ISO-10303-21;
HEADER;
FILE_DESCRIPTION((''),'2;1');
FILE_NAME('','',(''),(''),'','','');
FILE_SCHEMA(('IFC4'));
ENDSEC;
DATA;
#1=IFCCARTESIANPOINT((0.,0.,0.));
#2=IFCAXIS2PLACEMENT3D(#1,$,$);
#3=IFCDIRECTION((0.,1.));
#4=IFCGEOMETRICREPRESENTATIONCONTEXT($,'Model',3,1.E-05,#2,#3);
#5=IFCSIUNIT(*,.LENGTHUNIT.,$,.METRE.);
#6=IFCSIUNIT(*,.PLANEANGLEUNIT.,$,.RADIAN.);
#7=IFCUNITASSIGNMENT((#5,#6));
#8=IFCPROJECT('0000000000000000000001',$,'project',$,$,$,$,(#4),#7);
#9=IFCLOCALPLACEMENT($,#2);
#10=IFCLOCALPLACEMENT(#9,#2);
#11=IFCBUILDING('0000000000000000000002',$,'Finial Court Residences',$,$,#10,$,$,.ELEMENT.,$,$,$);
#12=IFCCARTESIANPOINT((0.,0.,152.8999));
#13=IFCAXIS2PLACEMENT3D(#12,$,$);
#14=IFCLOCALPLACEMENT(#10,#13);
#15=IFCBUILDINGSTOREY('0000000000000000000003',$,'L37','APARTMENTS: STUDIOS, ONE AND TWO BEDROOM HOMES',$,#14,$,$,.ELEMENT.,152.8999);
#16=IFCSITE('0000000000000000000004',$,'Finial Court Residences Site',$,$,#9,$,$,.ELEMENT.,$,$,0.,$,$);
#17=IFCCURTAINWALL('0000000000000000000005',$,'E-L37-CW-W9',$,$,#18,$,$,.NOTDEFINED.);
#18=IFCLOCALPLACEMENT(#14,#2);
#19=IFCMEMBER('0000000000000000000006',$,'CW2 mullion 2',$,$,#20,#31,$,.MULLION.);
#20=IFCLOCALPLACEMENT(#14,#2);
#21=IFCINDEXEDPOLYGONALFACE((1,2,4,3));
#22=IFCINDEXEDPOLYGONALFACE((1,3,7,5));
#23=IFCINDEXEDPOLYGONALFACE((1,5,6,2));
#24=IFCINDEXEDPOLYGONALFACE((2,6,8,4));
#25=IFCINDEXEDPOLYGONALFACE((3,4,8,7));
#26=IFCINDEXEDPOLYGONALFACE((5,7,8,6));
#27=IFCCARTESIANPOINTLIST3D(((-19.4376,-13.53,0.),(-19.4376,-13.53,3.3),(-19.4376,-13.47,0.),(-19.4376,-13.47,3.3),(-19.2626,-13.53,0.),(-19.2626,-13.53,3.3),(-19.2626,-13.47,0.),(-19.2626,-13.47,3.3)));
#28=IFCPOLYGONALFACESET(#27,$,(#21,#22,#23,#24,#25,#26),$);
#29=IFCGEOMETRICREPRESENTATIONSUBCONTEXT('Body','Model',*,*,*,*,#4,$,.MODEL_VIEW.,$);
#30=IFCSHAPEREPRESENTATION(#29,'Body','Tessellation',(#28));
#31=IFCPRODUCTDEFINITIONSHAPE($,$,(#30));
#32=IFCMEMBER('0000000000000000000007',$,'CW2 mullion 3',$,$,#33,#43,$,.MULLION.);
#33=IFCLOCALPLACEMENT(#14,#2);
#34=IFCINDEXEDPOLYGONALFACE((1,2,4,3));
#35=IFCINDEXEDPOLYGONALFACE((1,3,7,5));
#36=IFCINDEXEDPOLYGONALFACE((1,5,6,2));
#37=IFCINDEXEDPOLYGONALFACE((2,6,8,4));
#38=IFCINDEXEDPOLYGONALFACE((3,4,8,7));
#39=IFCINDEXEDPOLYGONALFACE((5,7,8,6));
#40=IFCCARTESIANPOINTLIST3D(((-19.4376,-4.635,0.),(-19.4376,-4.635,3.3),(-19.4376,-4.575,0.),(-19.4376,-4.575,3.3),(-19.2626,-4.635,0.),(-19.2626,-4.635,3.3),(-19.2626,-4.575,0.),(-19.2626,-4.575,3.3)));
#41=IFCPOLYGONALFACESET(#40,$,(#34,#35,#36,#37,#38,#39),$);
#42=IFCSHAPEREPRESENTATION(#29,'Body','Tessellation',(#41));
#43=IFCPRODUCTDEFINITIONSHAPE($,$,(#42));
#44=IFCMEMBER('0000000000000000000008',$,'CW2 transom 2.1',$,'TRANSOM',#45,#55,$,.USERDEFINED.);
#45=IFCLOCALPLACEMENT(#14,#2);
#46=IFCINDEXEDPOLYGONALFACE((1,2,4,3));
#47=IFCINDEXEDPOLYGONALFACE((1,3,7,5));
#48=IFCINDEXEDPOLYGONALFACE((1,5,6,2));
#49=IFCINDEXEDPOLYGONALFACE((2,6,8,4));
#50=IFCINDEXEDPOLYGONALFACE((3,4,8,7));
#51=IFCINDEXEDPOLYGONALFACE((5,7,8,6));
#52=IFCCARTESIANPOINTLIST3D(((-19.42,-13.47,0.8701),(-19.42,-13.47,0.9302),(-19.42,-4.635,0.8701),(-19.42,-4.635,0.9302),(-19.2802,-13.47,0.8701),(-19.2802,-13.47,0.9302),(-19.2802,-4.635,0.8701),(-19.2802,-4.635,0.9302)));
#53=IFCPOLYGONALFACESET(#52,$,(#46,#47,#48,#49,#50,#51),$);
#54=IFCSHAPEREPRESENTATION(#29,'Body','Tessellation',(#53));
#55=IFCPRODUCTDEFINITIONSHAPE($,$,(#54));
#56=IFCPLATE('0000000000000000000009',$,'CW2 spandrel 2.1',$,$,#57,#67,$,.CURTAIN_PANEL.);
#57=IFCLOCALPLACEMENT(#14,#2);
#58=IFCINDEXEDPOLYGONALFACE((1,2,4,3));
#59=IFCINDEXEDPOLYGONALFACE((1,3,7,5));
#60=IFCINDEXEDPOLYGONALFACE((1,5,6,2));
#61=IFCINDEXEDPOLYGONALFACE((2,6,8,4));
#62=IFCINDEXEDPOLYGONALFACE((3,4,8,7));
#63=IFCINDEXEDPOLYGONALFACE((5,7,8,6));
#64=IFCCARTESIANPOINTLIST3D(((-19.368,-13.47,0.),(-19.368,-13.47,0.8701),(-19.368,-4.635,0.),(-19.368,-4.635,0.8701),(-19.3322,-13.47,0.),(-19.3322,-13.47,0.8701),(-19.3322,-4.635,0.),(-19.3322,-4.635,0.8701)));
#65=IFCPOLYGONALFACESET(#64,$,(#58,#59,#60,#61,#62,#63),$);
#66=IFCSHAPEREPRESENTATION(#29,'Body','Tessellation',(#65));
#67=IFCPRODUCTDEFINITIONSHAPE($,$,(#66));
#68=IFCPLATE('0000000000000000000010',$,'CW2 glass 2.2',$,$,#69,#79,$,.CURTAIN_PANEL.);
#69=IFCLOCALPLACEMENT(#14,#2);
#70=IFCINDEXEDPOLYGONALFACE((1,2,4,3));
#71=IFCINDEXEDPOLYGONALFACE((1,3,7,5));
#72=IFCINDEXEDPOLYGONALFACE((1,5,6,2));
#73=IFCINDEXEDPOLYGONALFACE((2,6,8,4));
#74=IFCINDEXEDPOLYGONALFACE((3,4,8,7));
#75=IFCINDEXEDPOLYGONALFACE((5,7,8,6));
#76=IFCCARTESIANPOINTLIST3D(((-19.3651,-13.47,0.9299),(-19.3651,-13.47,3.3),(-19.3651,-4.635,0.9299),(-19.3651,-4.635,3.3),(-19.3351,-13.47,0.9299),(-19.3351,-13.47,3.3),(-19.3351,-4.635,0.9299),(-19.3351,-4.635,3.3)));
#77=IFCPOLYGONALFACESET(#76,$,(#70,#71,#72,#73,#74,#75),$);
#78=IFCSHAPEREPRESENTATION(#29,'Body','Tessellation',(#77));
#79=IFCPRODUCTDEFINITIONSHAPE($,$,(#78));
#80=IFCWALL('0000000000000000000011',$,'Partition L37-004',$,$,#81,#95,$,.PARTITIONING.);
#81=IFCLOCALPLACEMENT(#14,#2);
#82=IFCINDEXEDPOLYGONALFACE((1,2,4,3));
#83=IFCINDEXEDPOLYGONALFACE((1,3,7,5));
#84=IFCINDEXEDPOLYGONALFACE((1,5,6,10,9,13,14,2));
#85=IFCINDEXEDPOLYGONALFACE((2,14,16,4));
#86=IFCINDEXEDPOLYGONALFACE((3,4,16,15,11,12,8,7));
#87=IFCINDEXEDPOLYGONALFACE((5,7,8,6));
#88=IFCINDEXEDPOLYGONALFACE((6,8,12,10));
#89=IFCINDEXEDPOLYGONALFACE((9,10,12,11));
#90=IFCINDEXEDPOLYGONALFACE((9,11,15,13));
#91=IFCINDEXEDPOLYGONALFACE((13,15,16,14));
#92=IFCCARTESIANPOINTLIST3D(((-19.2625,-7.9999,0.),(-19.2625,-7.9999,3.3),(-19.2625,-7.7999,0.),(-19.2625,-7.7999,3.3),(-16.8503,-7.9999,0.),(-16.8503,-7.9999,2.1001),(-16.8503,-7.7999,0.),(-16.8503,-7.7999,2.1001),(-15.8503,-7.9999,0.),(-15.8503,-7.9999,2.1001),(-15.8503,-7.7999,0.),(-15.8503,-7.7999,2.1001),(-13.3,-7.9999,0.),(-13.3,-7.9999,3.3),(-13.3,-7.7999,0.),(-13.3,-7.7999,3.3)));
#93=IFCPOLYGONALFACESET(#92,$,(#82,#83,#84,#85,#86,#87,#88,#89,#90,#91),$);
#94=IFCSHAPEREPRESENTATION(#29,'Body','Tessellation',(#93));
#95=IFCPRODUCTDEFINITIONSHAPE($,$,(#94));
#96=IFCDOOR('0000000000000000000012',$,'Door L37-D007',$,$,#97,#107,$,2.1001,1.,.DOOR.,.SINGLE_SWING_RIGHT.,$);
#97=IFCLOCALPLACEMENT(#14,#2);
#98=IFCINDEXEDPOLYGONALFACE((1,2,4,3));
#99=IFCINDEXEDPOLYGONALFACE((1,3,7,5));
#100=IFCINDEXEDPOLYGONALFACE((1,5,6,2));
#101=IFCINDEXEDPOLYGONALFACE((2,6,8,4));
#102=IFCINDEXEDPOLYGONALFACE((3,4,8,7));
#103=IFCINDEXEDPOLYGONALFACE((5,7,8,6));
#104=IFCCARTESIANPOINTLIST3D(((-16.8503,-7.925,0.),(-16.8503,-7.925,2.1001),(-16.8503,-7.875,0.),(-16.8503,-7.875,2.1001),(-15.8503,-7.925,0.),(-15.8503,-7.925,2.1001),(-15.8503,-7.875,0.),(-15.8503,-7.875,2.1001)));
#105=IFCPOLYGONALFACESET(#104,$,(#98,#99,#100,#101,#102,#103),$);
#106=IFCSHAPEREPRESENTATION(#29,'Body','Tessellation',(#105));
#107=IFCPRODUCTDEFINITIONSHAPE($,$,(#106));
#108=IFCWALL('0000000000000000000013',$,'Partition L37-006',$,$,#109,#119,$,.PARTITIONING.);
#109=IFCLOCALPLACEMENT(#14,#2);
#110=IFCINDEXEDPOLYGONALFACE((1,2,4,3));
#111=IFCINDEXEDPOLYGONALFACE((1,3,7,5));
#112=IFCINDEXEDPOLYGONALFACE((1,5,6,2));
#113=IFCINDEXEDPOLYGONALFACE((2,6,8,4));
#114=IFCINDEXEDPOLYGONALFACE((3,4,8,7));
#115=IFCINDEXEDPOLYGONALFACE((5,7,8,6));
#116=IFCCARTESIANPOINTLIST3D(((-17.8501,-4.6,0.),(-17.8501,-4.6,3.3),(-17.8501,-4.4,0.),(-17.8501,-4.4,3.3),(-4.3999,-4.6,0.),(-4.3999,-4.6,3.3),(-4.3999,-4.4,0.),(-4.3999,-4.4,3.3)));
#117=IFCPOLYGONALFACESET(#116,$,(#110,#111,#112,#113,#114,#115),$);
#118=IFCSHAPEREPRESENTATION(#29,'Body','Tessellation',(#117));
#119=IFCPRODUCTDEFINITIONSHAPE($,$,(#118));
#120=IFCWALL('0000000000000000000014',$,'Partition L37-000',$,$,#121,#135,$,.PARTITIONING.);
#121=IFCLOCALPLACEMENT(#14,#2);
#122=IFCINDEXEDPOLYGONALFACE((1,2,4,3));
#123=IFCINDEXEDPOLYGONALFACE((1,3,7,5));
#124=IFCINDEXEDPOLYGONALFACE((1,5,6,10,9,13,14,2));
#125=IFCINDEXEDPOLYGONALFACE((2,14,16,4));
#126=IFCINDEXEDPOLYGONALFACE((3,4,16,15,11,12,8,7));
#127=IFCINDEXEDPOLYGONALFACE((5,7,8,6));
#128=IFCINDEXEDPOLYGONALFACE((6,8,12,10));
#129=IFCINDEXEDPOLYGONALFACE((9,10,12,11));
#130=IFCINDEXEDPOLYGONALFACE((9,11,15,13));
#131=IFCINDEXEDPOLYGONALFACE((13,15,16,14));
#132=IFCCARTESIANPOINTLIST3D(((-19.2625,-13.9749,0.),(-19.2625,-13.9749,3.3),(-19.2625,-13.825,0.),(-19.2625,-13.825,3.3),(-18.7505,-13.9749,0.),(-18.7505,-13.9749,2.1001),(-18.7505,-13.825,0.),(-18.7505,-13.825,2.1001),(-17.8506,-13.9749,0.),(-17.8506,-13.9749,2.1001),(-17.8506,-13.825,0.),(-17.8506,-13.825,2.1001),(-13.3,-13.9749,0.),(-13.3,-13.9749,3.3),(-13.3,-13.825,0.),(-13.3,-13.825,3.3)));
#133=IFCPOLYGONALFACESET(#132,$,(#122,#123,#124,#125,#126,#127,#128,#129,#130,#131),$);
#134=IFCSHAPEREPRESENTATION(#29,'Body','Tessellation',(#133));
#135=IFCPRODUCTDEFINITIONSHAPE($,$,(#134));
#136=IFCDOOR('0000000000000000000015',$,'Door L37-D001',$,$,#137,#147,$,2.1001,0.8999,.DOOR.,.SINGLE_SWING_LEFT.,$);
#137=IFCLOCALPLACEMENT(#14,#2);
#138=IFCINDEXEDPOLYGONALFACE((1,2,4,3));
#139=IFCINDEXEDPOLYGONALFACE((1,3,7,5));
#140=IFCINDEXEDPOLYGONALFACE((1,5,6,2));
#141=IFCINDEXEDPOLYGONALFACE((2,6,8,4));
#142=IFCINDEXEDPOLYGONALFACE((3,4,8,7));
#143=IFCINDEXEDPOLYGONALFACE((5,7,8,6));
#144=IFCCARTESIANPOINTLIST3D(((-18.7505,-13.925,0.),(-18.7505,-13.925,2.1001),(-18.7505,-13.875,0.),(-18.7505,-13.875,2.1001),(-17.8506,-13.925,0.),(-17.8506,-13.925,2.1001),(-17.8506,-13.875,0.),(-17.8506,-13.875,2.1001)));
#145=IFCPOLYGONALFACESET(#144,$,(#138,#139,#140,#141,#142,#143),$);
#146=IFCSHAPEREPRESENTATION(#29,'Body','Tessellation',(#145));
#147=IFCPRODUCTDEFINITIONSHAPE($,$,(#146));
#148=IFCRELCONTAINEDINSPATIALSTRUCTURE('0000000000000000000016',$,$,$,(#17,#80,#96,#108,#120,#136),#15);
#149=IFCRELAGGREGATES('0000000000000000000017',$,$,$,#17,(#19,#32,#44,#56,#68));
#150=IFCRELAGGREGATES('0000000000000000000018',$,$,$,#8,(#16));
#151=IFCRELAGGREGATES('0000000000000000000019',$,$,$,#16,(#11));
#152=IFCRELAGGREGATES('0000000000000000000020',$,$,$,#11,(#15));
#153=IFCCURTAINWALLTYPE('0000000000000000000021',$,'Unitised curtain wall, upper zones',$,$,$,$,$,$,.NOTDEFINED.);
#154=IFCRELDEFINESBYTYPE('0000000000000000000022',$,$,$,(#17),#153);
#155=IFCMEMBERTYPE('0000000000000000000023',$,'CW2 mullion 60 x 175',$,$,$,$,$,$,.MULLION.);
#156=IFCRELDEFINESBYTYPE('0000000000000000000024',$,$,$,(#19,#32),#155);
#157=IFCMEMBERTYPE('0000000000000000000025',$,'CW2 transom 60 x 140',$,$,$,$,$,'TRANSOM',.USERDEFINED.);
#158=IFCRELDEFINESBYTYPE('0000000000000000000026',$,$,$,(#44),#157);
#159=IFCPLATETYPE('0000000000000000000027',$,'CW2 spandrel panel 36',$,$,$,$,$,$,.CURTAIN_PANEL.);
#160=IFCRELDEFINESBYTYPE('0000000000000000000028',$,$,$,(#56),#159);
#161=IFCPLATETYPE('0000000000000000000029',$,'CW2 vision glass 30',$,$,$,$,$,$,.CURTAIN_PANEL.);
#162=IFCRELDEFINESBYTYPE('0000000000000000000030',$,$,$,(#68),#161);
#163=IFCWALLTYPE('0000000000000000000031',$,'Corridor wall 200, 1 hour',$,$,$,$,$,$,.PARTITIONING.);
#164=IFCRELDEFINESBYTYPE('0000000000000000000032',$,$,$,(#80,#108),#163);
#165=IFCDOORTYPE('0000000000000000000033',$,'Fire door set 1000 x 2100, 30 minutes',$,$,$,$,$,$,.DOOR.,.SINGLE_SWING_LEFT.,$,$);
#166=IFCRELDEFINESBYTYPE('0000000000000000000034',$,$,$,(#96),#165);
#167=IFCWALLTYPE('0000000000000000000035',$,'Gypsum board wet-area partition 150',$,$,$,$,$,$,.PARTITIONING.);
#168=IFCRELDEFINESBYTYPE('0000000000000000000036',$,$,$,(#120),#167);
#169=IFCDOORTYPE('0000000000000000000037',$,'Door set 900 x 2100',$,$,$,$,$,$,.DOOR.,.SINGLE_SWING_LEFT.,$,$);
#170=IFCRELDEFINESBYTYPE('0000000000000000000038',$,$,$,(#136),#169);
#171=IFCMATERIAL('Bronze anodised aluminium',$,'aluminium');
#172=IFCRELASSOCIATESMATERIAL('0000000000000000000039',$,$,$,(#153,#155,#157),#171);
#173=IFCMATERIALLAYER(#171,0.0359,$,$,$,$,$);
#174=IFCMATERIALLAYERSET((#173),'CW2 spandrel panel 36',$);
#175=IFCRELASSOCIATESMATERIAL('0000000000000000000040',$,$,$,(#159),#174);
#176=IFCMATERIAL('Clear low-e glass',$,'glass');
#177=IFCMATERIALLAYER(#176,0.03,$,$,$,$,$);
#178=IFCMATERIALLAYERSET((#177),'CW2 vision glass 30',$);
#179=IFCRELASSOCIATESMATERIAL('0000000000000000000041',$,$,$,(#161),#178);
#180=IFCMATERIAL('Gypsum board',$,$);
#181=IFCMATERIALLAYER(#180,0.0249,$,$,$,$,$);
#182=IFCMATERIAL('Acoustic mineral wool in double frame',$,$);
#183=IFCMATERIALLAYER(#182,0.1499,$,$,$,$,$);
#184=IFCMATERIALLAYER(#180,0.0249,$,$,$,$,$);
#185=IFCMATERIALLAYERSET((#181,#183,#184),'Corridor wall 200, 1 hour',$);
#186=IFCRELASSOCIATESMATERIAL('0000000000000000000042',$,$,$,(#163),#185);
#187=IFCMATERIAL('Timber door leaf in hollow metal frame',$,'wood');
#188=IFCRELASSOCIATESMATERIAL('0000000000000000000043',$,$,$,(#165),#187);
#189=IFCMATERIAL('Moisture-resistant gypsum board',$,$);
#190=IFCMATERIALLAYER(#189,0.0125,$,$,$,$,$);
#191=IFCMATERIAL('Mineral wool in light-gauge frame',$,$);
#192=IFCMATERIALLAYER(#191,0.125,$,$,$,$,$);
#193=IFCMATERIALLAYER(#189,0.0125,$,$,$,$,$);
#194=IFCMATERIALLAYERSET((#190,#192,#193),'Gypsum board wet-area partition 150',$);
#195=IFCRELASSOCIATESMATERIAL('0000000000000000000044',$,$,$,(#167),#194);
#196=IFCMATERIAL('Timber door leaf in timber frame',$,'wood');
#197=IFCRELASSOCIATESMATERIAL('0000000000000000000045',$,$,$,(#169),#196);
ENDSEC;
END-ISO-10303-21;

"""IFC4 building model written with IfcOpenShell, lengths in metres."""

from ifc_helpers import new_model, si_unit, direction, frame, frame_2d, origin, origin_2d, place, context, subcontext, project, spatial, rectangle, extrude, material, layer, layer_set, material_profile, profile_set, type_object, element, fill, aggregate, save


model = new_model("IFC4")

# Units and contexts
model_context = context("Model", 3, precision=1e-05, world=origin(), true_north=direction((0.0, 1.0)))
body_context = subcontext(model_context, "Body", "Model", "MODEL_VIEW")
ifc_project = project(units=[si_unit("LENGTHUNIT", "METRE"), si_unit("PLANEANGLEUNIT", "RADIAN")], contexts=[model_context])

# Site, building, storey
site_placement = place(None, origin())
site = spatial("IfcSite", under=ifc_project, at=site_placement, Name="Finial Court Residences Site", CompositionType="ELEMENT", RefElevation=0.0)
building_placement = place(site_placement, origin())
building = spatial("IfcBuilding", under=site, at=building_placement, Name="Finial Court Residences", CompositionType="ELEMENT")
storey_placement = place(building_placement, frame((0.0, 0.0, 152.8999)))
storey = spatial("IfcBuildingStorey", under=building, at=storey_placement, Name="L37", Description="APARTMENTS: STUDIOS, ONE AND TWO BEDROOM HOMES", CompositionType="ELEMENT", Elevation=152.8999)

# Curtain wall, members, plates
ifc_material_1 = material(Name="Bronze anodised aluminium", Category="aluminium")
curtain_wall_type = type_object("IfcCurtainWallType", Name="Unitised curtain wall, upper zones", PredefinedType="NOTDEFINED", material=ifc_material_1)
curtain_wall_placement = place(storey_placement, origin())
curtain_wall = element("IfcCurtainWall", 1, at=curtain_wall_placement, inside=storey, type_object=curtain_wall_type, Name="E-L37-CW-W9", PredefinedType="NOTDEFINED")
ifc_material_profile_1 = material_profile(ifc_material_1, rectangle(XDim=0.175, YDim=0.0601, at=origin_2d()), Name="CW2 mullion 60 x 175")
ifc_profile_set_1 = profile_set([ifc_material_profile_1], Name="Bronze anodised aluminium")
member_type_1 = type_object("IfcMemberType", Name="CW2 mullion 60 x 175", PredefinedType="MULLION", material=ifc_profile_set_1)
member_1_placement = place(storey_placement, frame((-19.3501, -13.5, 0.0), z_axis=(0.0, 0.0, 1.0), x_axis=(-1.0, 0.0, 0.0)))
member_1 = element("IfcMember", 2, at=member_1_placement, type_object=member_type_1, Name="CW2 mullion 2", PredefinedType="MULLION", context=body_context, shape_type="SweptSolid", body=[
    extrude(rectangle(XDim=0.175, YDim=0.0601, at=origin_2d()), origin(), (0.0, 0.0, 1.0), 3.3),
])
member_2_placement = place(storey_placement, frame((-19.3501, -4.605, 0.0), z_axis=(0.0, 0.0, 1.0), x_axis=(-1.0, 0.0, 0.0)))
member_2 = element("IfcMember", 3, at=member_2_placement, type_object=member_type_1, Name="CW2 mullion 3", PredefinedType="MULLION", context=body_context, shape_type="SweptSolid", body=[
    extrude(rectangle(XDim=0.175, YDim=0.0601, at=origin_2d()), origin(), (0.0, 0.0, 1.0), 3.3),
])
ifc_material_profile_2 = material_profile(ifc_material_1, rectangle(XDim=0.1399, YDim=0.0601, at=origin_2d()), Name="CW2 transom 60 x 140")
ifc_profile_set_2 = profile_set([ifc_material_profile_2], Name="Bronze anodised aluminium")
member_type_2 = type_object("IfcMemberType", Name="CW2 transom 60 x 140", ElementType="TRANSOM", PredefinedType="USERDEFINED", material=ifc_profile_set_2)
member_3_placement = place(storey_placement, frame((-19.3501, -13.47, 0.9001), z_axis=(0.0, 1.0, 0.0), x_axis=(-1.0, 0.0, 0.0)))
member_3 = element("IfcMember", 4, at=member_3_placement, type_object=member_type_2, Name="CW2 transom 2.1", ObjectType="TRANSOM", PredefinedType="USERDEFINED", context=body_context, shape_type="SweptSolid", body=[
    extrude(rectangle(XDim=0.1399, YDim=0.0601, at=origin_2d()), origin(), (0.0, 0.0, 1.0), 8.835),
])
ifc_layer_1 = layer(ifc_material_1, 0.0359)
ifc_layer_set_1 = layer_set([ifc_layer_1], Name="CW2 spandrel panel 36")
plate_type_1 = type_object("IfcPlateType", Name="CW2 spandrel panel 36", PredefinedType="CURTAIN_PANEL", material=ifc_layer_set_1)
plate_1_placement = place(storey_placement, frame((-19.3501, -9.0525, 0.0), z_axis=(0.0, 0.0, 1.0), x_axis=(0.0, 1.0, 0.0)))
plate_1 = element("IfcPlate", 5, at=plate_1_placement, type_object=plate_type_1, Name="CW2 spandrel 2.1", PredefinedType="CURTAIN_PANEL", context=body_context, shape_type="SweptSolid", body=[
    extrude(rectangle(XDim=8.835, YDim=0.0359, at=origin_2d()), origin(), (0.0, 0.0, 1.0), 0.8701),
])
ifc_material_2 = material(Name="Clear low-e glass", Category="glass")
ifc_layer_2 = layer(ifc_material_2, 0.03)
ifc_layer_set_2 = layer_set([ifc_layer_2], Name="CW2 vision glass 30")
plate_type_2 = type_object("IfcPlateType", Name="CW2 vision glass 30", PredefinedType="CURTAIN_PANEL", material=ifc_layer_set_2)
plate_2_placement = place(storey_placement, frame((-19.3501, -9.0525, 0.9299), z_axis=(0.0, 0.0, 1.0), x_axis=(0.0, 1.0, 0.0)))
plate_2 = element("IfcPlate", 6, at=plate_2_placement, type_object=plate_type_2, Name="CW2 glass 2.2", PredefinedType="CURTAIN_PANEL", context=body_context, shape_type="SweptSolid", body=[
    extrude(rectangle(XDim=8.835, YDim=0.03, at=origin_2d()), origin(), (0.0, 0.0, 1.0), 2.3701),
])
aggregate(curtain_wall, [member_1, member_2, member_3, plate_1, plate_2])

# Wall, opening, door
ifc_material_3 = material(Name="Gypsum board")
ifc_layer_3 = layer(ifc_material_3, 0.0249)
ifc_material_4 = material(Name="Acoustic mineral wool in double frame")
ifc_layer_4 = layer(ifc_material_4, 0.1499)
ifc_layer_5 = layer(ifc_material_3, 0.0249)
ifc_layer_set_3 = layer_set([ifc_layer_3, ifc_layer_4, ifc_layer_5], Name="Corridor wall 200, 1 hour")
wall_type_1 = type_object("IfcWallType", Name="Corridor wall 200, 1 hour", PredefinedType="PARTITIONING", material=ifc_layer_set_3)
wall_1_placement = place(storey_placement, frame((-19.2625, -7.8999, 0.0), z_axis=(0.0, 0.0, 1.0), x_axis=(1.0, 0.0, 0.0)))
wall_1 = element("IfcWall", 7, at=wall_1_placement, inside=storey, type_object=wall_type_1, Name="Partition L37-004", PredefinedType="PARTITIONING", context=body_context, shape_type="SweptSolid", body=[
    extrude(rectangle(XDim=5.9624, YDim=0.2, at=frame_2d((2.9812, 0.0))), origin(), (0.0, 0.0, 1.0), 3.3),
])
opening_1_placement = place(wall_1_placement, frame((2.4121, 0.0, 0.0)))
opening_1 = element("IfcOpeningElement", 8, at=opening_1_placement, cuts=wall_1, PredefinedType="OPENING", context=body_context, shape_type="SweptSolid", body=[
    extrude(rectangle(XDim=1.0, YDim=2.1001, at=frame_2d((0.5, 1.05))), frame((0.0, 0.1099, 0.0), z_axis=(0.0, -1.0, 0.0), x_axis=(1.0, 0.0, 0.0)), (0.0, 0.0, 1.0), 0.22),
])
ifc_material_5 = material(Name="Timber door leaf in hollow metal frame", Category="wood")
door_type_1 = type_object("IfcDoorType", Name="Fire door set 1000 x 2100, 30 minutes", OperationType="SINGLE_SWING_LEFT", PredefinedType="DOOR", material=ifc_material_5)
door_1_placement = place(opening_1_placement, origin())
door_1 = element("IfcDoor", 9, at=door_1_placement, inside=storey, type_object=door_type_1, Name="Door L37-D007", OperationType="SINGLE_SWING_RIGHT", OverallHeight=2.1001, OverallWidth=1.0, PredefinedType="DOOR", context=body_context, shape_type="SweptSolid", body=[
    extrude(rectangle(XDim=1.0, YDim=2.1001, at=frame_2d((0.5, 1.05))), frame((0.0, 0.0249, 0.0), z_axis=(0.0, -1.0, 0.0), x_axis=(1.0, 0.0, 0.0)), (0.0, 0.0, 1.0), 0.05),
])
fill(opening_1, door_1)

# Wall
wall_2_placement = place(storey_placement, frame((-17.8501, -4.5, 0.0), z_axis=(0.0, 0.0, 1.0), x_axis=(1.0, 0.0, 0.0)))
element("IfcWall", 10, at=wall_2_placement, inside=storey, type_object=wall_type_1, Name="Partition L37-006", PredefinedType="PARTITIONING", context=body_context, shape_type="SweptSolid", body=[
    extrude(rectangle(XDim=13.4502, YDim=0.2, at=frame_2d((6.7251, 0.0))), origin(), (0.0, 0.0, 1.0), 3.3),
])

# Wall, opening, door
ifc_material_6 = material(Name="Moisture-resistant gypsum board")
ifc_layer_6 = layer(ifc_material_6, 0.0125)
ifc_material_7 = material(Name="Mineral wool in light-gauge frame")
ifc_layer_7 = layer(ifc_material_7, 0.125)
ifc_layer_8 = layer(ifc_material_6, 0.0125)
ifc_layer_set_4 = layer_set([ifc_layer_6, ifc_layer_7, ifc_layer_8], Name="Gypsum board wet-area partition 150")
wall_type_2 = type_object("IfcWallType", Name="Gypsum board wet-area partition 150", PredefinedType="PARTITIONING", material=ifc_layer_set_4)
wall_3_placement = place(storey_placement, frame((-19.2625, -13.8999, 0.0), z_axis=(0.0, 0.0, 1.0), x_axis=(1.0, 0.0, 0.0)))
wall_3 = element("IfcWall", 11, at=wall_3_placement, inside=storey, type_object=wall_type_2, Name="Partition L37-000", PredefinedType="PARTITIONING", context=body_context, shape_type="SweptSolid", body=[
    extrude(rectangle(XDim=5.9624, YDim=0.1499, at=frame_2d((2.9812, 0.0))), origin(), (0.0, 0.0, 1.0), 3.3),
])
opening_2_placement = place(wall_3_placement, frame((0.512, 0.0, 0.0)))
opening_2 = element("IfcOpeningElement", 12, at=opening_2_placement, cuts=wall_3, PredefinedType="OPENING", context=body_context, shape_type="SweptSolid", body=[
    extrude(rectangle(XDim=0.8999, YDim=2.1001, at=frame_2d((0.45, 1.05))), frame((0.0, 0.085, 0.0), z_axis=(0.0, -1.0, 0.0), x_axis=(1.0, 0.0, 0.0)), (0.0, 0.0, 1.0), 0.1699),
])
ifc_material_8 = material(Name="Timber door leaf in timber frame", Category="wood")
door_type_2 = type_object("IfcDoorType", Name="Door set 900 x 2100", OperationType="SINGLE_SWING_LEFT", PredefinedType="DOOR", material=ifc_material_8)
door_2_placement = place(opening_2_placement, origin())
door_2 = element("IfcDoor", 13, at=door_2_placement, inside=storey, type_object=door_type_2, Name="Door L37-D001", OperationType="SINGLE_SWING_LEFT", OverallHeight=2.1001, OverallWidth=0.8999, PredefinedType="DOOR", context=body_context, shape_type="SweptSolid", body=[
    extrude(rectangle(XDim=0.8999, YDim=2.1001, at=frame_2d((0.45, 1.05))), frame((0.0, 0.0249, 0.0), z_axis=(0.0, -1.0, 0.0), x_axis=(1.0, 0.0, 0.0)), (0.0, 0.0, 1.0), 0.05),
])
fill(opening_2, door_2)

save(model, "model.ifc")
